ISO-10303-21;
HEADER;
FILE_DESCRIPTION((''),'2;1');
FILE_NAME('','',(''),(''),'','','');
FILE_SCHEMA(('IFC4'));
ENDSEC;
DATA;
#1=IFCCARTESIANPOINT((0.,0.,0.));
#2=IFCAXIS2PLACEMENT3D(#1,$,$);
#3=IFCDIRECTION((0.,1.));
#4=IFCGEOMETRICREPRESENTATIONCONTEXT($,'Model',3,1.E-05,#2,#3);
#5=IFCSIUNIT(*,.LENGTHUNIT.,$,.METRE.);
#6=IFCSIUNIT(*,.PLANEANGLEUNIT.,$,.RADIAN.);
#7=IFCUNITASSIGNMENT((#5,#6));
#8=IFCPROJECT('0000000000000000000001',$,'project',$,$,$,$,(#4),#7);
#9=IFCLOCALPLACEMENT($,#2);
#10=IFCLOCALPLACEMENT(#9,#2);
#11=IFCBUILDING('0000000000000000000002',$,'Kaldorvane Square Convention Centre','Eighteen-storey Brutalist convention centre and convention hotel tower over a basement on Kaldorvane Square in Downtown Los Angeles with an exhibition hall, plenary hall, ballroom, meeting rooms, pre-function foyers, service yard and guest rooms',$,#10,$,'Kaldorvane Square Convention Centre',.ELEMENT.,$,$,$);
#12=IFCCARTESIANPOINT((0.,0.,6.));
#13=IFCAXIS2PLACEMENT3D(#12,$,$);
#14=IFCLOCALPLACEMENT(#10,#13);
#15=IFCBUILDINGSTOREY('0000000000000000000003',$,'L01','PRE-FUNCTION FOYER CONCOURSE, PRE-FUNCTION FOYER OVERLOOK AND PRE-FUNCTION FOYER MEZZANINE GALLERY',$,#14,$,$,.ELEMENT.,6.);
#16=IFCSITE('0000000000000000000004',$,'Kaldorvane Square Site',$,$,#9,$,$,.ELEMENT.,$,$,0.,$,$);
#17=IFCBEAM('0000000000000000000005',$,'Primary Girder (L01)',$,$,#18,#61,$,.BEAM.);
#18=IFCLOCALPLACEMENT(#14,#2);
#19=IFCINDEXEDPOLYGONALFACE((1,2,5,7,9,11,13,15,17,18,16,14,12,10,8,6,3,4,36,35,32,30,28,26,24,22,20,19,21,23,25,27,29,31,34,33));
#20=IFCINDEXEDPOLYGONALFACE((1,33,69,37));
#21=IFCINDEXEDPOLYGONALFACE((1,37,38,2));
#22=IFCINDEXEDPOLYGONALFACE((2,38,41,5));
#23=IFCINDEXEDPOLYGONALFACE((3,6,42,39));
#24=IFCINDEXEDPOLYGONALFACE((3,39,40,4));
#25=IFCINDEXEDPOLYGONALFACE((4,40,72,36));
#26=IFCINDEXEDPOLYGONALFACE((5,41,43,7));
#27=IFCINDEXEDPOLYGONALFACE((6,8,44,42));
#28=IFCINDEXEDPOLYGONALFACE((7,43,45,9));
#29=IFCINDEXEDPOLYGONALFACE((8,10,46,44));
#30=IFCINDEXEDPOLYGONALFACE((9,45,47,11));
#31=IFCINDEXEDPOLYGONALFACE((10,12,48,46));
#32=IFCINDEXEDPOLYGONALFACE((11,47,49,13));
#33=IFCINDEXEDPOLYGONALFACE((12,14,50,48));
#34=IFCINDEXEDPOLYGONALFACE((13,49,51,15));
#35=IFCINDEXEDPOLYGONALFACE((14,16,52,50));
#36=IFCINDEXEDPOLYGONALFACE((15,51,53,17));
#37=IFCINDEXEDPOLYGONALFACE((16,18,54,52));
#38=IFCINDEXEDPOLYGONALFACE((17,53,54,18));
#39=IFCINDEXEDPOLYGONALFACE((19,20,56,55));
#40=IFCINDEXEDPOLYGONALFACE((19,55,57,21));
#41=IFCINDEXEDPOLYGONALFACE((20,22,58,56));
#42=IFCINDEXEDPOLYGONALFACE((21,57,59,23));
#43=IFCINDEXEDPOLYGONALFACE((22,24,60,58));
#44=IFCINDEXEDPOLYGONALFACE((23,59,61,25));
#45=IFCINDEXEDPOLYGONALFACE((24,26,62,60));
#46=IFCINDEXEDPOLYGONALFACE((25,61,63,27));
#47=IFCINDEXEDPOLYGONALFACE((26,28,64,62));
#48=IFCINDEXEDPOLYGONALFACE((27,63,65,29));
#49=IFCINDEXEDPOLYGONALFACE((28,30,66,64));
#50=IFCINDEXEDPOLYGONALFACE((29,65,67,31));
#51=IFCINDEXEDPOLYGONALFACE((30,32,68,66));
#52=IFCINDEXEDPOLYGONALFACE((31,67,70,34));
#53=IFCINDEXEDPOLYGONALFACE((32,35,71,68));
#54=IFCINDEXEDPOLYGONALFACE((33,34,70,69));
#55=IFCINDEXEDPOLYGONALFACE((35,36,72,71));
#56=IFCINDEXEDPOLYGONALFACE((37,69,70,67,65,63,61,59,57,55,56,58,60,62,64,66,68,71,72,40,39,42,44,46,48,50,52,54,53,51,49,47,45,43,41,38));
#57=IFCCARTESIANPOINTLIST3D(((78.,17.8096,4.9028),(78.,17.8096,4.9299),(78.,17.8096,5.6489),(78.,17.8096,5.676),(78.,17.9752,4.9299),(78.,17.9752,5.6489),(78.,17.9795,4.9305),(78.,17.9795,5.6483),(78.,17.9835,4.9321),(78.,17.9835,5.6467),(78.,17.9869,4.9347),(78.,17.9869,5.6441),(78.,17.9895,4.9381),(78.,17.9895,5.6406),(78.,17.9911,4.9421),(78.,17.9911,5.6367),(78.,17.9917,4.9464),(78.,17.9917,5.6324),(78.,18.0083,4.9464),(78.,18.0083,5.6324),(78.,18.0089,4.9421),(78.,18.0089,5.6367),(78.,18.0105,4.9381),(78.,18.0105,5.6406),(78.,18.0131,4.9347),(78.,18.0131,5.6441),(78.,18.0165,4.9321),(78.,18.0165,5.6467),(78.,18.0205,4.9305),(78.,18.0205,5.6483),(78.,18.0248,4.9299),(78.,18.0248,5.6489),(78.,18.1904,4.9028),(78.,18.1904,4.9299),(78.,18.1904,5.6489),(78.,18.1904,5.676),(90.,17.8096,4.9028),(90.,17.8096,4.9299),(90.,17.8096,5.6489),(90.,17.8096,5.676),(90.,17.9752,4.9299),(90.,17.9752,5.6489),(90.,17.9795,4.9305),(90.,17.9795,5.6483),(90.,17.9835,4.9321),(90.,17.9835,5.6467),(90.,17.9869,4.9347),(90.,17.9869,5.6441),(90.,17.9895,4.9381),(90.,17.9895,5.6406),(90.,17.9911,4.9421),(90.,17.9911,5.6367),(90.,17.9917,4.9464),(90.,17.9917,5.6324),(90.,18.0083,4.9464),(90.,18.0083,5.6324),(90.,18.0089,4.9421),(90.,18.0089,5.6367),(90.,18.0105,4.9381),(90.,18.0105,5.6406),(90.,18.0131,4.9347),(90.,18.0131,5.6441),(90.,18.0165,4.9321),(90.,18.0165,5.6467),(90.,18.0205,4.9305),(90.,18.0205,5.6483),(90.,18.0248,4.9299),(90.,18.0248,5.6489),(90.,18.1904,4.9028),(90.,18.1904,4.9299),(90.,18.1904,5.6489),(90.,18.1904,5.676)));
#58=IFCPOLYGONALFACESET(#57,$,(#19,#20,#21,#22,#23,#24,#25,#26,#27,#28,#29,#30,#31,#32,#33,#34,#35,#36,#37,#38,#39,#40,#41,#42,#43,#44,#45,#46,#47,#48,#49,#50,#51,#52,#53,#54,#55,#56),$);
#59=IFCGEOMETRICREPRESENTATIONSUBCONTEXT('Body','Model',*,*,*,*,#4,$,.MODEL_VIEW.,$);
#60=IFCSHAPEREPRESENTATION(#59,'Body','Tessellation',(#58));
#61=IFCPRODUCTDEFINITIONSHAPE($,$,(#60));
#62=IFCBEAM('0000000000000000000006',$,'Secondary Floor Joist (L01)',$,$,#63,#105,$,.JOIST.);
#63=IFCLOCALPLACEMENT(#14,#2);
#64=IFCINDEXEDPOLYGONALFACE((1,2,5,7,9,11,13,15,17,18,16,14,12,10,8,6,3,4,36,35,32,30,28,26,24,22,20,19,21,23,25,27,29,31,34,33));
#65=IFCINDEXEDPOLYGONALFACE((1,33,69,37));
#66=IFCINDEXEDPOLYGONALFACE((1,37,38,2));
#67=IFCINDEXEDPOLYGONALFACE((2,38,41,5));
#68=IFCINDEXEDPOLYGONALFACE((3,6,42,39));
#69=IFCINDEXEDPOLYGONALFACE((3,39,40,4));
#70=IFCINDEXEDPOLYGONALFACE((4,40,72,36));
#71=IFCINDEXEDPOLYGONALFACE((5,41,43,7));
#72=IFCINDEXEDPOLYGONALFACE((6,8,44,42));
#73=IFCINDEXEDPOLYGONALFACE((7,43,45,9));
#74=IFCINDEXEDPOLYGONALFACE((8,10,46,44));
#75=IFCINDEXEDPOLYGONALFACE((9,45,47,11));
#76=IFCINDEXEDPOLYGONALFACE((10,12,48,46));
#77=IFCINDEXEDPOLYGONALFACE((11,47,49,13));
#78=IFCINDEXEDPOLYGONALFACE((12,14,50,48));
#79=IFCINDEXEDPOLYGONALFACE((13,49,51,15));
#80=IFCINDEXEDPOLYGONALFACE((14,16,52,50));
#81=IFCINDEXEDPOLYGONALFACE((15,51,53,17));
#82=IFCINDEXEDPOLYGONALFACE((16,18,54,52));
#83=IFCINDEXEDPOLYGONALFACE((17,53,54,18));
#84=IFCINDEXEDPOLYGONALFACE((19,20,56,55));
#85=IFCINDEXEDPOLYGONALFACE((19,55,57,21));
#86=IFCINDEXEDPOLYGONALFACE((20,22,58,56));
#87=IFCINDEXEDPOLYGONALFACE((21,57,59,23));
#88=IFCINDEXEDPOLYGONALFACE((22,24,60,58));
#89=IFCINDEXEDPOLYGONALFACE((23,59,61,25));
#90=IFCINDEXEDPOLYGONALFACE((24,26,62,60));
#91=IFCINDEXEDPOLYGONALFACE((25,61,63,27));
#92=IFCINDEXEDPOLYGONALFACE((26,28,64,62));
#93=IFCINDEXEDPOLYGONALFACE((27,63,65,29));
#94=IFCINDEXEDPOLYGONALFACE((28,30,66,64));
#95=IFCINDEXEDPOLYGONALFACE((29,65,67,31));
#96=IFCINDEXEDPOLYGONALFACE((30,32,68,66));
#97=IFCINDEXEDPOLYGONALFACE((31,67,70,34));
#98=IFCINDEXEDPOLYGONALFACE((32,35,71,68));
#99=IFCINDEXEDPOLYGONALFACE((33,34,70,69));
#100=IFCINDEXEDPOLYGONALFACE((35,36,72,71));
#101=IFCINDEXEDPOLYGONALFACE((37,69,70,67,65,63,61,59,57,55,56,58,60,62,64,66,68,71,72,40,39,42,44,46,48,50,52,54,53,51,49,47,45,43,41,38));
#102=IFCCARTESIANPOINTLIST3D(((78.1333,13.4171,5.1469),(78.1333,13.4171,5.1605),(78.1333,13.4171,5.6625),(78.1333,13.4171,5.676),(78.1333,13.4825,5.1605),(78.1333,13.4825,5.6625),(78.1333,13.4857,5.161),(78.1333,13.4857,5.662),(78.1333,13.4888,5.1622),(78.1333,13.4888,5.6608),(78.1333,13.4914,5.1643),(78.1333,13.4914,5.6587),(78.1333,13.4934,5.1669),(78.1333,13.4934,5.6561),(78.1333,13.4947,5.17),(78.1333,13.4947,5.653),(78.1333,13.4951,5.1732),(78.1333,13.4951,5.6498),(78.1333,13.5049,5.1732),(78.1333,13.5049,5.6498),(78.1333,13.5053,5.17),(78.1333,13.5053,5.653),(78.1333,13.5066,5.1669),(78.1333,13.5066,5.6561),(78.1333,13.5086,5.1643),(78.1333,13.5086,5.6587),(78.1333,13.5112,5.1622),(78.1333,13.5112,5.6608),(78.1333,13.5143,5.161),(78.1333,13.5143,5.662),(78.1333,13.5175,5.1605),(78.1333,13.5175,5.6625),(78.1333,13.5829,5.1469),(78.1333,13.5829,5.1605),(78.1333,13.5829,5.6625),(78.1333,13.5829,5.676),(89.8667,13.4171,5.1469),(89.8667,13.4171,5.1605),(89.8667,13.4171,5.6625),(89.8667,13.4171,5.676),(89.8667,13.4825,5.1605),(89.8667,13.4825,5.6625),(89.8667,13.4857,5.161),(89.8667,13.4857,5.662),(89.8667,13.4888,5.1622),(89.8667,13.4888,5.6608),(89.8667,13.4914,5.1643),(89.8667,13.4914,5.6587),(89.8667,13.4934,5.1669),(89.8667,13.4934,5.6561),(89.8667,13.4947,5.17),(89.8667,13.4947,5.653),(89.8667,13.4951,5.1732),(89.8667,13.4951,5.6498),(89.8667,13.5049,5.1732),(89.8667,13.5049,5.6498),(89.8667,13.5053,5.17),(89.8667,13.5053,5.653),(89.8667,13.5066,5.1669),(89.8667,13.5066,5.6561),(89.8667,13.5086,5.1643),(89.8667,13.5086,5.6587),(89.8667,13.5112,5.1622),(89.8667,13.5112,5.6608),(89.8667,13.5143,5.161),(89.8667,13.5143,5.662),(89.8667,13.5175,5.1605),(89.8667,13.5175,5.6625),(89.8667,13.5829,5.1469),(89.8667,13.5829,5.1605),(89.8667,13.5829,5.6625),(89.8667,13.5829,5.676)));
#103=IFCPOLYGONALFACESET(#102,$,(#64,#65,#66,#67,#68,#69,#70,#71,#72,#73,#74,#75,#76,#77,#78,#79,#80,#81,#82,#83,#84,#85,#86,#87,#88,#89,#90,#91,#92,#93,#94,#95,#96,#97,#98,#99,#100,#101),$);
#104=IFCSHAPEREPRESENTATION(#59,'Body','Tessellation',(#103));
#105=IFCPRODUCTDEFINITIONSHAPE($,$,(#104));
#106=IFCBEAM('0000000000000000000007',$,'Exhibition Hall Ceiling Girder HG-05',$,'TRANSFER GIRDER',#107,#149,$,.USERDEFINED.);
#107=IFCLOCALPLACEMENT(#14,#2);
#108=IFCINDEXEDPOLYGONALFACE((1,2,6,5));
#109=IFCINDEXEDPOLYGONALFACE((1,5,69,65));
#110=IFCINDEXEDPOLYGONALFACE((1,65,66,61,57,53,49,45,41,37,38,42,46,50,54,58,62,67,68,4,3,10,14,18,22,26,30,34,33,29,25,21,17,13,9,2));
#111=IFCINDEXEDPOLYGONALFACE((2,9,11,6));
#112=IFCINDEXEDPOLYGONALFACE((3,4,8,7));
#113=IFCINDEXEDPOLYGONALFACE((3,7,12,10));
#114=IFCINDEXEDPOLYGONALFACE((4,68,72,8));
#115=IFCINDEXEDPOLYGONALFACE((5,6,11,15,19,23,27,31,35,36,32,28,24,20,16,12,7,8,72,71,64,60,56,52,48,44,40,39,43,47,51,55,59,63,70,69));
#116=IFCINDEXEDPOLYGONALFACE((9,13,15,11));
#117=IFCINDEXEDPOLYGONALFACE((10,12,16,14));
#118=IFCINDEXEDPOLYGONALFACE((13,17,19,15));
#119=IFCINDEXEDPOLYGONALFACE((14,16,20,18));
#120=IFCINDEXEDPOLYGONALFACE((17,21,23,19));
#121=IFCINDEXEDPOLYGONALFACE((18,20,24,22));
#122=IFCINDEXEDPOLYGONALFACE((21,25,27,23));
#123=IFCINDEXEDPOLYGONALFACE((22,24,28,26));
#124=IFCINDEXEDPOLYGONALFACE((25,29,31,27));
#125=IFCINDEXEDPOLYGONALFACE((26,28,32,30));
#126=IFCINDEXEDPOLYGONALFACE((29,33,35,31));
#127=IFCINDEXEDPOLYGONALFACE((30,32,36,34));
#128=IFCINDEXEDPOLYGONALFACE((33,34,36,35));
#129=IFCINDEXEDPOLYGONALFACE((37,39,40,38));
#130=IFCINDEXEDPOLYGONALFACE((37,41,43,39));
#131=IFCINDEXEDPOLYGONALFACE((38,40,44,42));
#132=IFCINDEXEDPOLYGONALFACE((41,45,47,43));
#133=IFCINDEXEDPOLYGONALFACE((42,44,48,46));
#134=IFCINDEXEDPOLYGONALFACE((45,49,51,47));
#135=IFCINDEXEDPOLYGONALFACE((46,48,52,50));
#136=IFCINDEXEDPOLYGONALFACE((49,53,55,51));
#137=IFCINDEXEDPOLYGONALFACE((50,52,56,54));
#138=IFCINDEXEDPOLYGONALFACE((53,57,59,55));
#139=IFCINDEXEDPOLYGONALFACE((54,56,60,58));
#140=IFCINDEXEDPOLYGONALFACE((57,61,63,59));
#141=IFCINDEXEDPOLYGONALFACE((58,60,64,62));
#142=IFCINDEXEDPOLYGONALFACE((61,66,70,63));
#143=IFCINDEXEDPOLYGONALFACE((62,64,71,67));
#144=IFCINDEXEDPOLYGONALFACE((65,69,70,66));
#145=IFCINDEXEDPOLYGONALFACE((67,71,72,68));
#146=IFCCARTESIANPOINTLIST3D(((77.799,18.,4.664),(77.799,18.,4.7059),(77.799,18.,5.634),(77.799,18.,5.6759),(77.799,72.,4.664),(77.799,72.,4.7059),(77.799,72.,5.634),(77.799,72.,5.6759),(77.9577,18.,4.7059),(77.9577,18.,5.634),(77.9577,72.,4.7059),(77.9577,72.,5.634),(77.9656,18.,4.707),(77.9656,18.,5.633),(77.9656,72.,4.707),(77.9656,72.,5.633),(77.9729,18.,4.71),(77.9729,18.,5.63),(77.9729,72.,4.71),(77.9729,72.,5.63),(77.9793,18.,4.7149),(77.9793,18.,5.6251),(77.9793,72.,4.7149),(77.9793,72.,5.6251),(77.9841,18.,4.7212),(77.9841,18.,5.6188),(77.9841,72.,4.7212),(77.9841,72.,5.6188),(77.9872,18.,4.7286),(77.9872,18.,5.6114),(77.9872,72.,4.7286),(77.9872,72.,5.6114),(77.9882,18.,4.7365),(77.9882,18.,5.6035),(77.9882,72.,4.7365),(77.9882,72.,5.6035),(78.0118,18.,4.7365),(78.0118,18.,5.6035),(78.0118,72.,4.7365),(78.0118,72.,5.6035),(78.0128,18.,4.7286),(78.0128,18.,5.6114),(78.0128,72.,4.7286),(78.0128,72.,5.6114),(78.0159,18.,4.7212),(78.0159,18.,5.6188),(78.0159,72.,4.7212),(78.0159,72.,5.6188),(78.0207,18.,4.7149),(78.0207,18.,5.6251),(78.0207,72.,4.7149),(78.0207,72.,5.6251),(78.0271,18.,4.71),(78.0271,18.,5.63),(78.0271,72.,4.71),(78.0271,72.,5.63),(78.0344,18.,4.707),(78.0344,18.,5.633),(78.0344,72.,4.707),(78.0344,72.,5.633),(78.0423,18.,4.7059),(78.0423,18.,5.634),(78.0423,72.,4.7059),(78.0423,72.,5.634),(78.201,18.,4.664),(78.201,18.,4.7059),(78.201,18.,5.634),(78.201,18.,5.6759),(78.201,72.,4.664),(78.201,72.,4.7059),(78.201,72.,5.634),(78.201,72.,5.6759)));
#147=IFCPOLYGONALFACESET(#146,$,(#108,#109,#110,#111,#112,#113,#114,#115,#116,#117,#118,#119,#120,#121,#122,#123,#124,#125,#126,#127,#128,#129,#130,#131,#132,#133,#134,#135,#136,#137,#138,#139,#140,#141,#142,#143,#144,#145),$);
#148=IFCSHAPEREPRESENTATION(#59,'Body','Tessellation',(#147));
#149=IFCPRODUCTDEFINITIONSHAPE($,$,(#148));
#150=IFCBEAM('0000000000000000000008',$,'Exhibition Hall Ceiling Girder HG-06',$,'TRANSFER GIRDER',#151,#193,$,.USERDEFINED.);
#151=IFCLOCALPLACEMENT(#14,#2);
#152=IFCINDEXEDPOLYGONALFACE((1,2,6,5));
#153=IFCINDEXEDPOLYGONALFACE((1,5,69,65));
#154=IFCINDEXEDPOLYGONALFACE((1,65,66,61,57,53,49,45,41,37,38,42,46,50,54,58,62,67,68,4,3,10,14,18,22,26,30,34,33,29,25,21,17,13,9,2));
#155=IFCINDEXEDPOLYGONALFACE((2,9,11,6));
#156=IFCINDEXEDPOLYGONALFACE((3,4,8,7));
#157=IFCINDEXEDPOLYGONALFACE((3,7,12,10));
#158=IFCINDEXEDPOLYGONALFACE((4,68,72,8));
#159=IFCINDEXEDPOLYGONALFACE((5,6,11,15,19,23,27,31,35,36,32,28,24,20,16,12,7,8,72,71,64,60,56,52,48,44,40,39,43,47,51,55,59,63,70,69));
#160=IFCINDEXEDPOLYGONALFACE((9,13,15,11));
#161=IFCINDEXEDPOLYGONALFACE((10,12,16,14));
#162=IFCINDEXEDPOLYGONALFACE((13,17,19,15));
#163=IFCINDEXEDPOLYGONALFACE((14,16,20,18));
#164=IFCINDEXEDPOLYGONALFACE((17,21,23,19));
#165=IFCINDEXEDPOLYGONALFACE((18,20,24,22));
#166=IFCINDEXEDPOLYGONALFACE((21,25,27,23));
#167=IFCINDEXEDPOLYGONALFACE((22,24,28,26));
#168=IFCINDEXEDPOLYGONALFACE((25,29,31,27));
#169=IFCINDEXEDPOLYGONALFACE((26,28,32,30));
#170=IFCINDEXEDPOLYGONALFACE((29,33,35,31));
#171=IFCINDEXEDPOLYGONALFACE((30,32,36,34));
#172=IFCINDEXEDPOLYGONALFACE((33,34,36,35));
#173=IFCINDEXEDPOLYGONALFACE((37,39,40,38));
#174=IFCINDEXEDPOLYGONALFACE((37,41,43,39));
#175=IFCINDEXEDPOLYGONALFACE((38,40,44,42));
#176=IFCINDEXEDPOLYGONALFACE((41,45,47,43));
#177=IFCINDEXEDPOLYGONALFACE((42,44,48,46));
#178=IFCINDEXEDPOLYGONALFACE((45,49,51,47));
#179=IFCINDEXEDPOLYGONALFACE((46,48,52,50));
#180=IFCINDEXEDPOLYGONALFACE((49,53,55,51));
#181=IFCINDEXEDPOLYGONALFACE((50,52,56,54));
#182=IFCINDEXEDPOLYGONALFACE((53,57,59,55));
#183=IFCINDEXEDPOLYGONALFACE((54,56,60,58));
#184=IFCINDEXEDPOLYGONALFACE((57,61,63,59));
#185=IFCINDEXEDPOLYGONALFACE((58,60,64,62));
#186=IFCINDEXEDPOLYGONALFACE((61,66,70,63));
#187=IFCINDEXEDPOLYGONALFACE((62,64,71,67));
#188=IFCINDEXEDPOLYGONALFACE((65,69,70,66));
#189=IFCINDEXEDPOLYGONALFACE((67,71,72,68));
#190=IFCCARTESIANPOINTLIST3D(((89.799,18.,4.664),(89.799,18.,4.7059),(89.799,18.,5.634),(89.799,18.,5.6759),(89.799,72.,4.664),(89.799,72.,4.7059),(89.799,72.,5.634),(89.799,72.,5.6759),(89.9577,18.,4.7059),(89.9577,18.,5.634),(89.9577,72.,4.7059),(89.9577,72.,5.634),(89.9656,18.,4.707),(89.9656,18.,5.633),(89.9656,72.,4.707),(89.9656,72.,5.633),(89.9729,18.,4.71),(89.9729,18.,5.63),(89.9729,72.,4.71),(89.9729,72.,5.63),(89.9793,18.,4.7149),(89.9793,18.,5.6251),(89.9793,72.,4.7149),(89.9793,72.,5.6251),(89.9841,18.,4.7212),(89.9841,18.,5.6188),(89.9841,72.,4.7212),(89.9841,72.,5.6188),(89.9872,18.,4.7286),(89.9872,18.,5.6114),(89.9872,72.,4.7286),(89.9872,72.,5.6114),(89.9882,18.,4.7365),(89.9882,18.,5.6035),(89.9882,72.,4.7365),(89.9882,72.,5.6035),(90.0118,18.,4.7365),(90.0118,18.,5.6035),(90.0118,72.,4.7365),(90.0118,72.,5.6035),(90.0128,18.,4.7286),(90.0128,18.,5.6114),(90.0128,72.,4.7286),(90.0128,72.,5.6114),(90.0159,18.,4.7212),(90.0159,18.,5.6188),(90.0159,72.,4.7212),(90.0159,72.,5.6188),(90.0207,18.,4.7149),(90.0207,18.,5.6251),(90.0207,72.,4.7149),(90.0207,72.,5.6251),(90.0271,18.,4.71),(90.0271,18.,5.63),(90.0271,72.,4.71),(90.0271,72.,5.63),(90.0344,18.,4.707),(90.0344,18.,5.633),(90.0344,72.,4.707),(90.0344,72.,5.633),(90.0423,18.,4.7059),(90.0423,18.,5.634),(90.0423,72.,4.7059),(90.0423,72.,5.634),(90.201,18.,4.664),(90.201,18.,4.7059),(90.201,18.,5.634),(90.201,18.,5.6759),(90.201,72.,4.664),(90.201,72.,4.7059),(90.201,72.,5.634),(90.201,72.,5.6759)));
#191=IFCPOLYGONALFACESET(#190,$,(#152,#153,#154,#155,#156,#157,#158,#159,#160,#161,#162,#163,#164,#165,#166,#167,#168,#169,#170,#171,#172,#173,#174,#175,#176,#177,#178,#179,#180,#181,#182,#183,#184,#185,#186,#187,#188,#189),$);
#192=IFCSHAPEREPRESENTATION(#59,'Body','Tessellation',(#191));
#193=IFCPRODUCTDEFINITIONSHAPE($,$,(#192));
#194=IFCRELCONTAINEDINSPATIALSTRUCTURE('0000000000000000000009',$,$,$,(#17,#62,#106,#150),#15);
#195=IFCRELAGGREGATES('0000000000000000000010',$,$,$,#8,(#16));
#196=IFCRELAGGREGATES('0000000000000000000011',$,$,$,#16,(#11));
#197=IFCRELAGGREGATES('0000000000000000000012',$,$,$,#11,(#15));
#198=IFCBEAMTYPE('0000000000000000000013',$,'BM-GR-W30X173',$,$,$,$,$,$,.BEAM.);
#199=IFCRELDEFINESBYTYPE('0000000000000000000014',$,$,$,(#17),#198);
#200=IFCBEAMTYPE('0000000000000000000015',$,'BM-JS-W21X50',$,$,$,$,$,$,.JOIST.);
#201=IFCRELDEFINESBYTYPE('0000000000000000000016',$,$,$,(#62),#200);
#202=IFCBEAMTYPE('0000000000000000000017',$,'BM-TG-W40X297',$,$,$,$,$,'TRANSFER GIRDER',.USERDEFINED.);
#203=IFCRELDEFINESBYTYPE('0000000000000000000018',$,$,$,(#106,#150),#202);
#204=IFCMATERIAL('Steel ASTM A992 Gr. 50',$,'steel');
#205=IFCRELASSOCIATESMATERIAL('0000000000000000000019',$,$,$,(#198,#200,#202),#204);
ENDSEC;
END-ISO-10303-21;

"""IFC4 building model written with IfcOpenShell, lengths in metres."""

from ifc_helpers import new_model, si_unit, direction, frame, origin, origin_2d, place, context, subcontext, project, spatial, i_section, extrude, material, material_profile, profile_set, type_object, element, save


model = new_model("IFC4")

# Units and contexts
model_context = context("Model", 3, precision=1e-05, world=origin(), true_north=direction((0.0, 1.0)))
body_context = subcontext(model_context, "Body", "Model", "MODEL_VIEW")
ifc_project = project(units=[si_unit("LENGTHUNIT", "METRE"), si_unit("PLANEANGLEUNIT", "RADIAN")], contexts=[model_context])

# Site, building, storey
site_placement = place(None, origin())
site = spatial("IfcSite", under=ifc_project, at=site_placement, Name="Kaldorvane Square Site", CompositionType="ELEMENT", RefElevation=0.0)
building_placement = place(site_placement, origin())
building = spatial("IfcBuilding", under=site, at=building_placement, Name="Kaldorvane Square Convention Centre", Description="Eighteen-storey Brutalist convention centre and convention hotel tower over a basement on Kaldorvane Square in Downtown Los Angeles with an exhibition hall, plenary hall, ballroom, meeting rooms, pre-function foyers, service yard and guest rooms", LongName="Kaldorvane Square Convention Centre", CompositionType="ELEMENT")
storey_placement = place(building_placement, frame((0.0, 0.0, 6.0)))
storey = spatial("IfcBuildingStorey", under=building, at=storey_placement, Name="L01", Description="PRE-FUNCTION FOYER CONCOURSE, PRE-FUNCTION FOYER OVERLOOK AND PRE-FUNCTION FOYER MEZZANINE GALLERY", CompositionType="ELEMENT", Elevation=6.0)

# Shared definitions
ifc_material_1 = material(Name="Steel ASTM A992 Gr. 50", Category="steel")

# Beams
ifc_material_profile_1 = material_profile(ifc_material_1, i_section(OverallWidth=0.3807, OverallDepth=0.7732, WebThickness=0.0166, FlangeThickness=0.0271, FilletRadius=0.0165, at=origin_2d()), Name="W30X173")
ifc_profile_set_1 = profile_set([ifc_material_profile_1], Name="Steel ASTM A992 Gr. 50")
beam_type_1 = type_object("IfcBeamType", Name="BM-GR-W30X173", PredefinedType="BEAM", material=ifc_profile_set_1)
for number, where, z_axis, x_axis, name in (
    (1, (78.0, 18.0, 5.2894), (1.0, 0.0, 0.0), (0.0, 1.0, 0.0), "Primary Girder (L01)"),
):
    element("IfcBeam", number, at=place(storey_placement, frame(where, z_axis=z_axis, x_axis=x_axis)), inside=storey, type_object=beam_type_1, Name=name, PredefinedType="BEAM", context=body_context, shape_type="SweptSolid", body=[
        extrude(i_section(OverallWidth=0.3807, OverallDepth=0.7732, WebThickness=0.0166, FlangeThickness=0.0271, FilletRadius=0.0165, at=origin_2d()), origin(), (0.0, 0.0, 1.0), 12.0),
    ])
ifc_material_profile_2 = material_profile(ifc_material_1, i_section(OverallWidth=0.1659, OverallDepth=0.5291, WebThickness=0.0097, FlangeThickness=0.0136, FilletRadius=0.0127, at=origin_2d()), Name="W21X50")
ifc_profile_set_2 = profile_set([ifc_material_profile_2], Name="Steel ASTM A992 Gr. 50")
beam_type_2 = type_object("IfcBeamType", Name="BM-JS-W21X50", PredefinedType="JOIST", material=ifc_profile_set_2)
beam_placement = place(storey_placement, frame((78.1333, 13.5, 5.4115), z_axis=(1.0, 0.0, 0.0), x_axis=(0.0, 1.0, 0.0)))
element("IfcBeam", 2, at=beam_placement, inside=storey, type_object=beam_type_2, Name="Secondary Floor Joist (L01)", PredefinedType="JOIST", context=body_context, shape_type="SweptSolid", body=[
    extrude(i_section(OverallWidth=0.1659, OverallDepth=0.5291, WebThickness=0.0097, FlangeThickness=0.0136, FilletRadius=0.0127, at=origin_2d()), origin(), (0.0, 0.0, 1.0), 11.7334),
])
ifc_material_profile_3 = material_profile(ifc_material_1, i_section(OverallWidth=0.4019, OverallDepth=1.0119, WebThickness=0.0236, FlangeThickness=0.0419, FilletRadius=0.0305, at=origin_2d()), Name="W40X297")
ifc_profile_set_3 = profile_set([ifc_material_profile_3], Name="Steel ASTM A992 Gr. 50")
beam_type_3 = type_object("IfcBeamType", Name="BM-TG-W40X297", ElementType="TRANSFER GIRDER", PredefinedType="USERDEFINED", material=ifc_profile_set_3)
for number, where, z_axis, x_axis, name in (
    (3, (78.0, 18.0, 5.17), (0.0, 1.0, 0.0), (-1.0, 0.0, 0.0), "Exhibition Hall Ceiling Girder HG-05"),
    (4, (90.0, 18.0, 5.17), (0.0, 1.0, 0.0), (-1.0, 0.0, 0.0), "Exhibition Hall Ceiling Girder HG-06"),
):
    element("IfcBeam", number, at=place(storey_placement, frame(where, z_axis=z_axis, x_axis=x_axis)), inside=storey, type_object=beam_type_3, Name=name, ObjectType="TRANSFER GIRDER", PredefinedType="USERDEFINED", context=body_context, shape_type="SweptSolid", body=[
        extrude(i_section(OverallWidth=0.4019, OverallDepth=1.0119, WebThickness=0.0236, FlangeThickness=0.0419, FilletRadius=0.0305, at=origin_2d()), origin(), (0.0, 0.0, 1.0), 54.0),
    ])

save(model, "model.ifc")
